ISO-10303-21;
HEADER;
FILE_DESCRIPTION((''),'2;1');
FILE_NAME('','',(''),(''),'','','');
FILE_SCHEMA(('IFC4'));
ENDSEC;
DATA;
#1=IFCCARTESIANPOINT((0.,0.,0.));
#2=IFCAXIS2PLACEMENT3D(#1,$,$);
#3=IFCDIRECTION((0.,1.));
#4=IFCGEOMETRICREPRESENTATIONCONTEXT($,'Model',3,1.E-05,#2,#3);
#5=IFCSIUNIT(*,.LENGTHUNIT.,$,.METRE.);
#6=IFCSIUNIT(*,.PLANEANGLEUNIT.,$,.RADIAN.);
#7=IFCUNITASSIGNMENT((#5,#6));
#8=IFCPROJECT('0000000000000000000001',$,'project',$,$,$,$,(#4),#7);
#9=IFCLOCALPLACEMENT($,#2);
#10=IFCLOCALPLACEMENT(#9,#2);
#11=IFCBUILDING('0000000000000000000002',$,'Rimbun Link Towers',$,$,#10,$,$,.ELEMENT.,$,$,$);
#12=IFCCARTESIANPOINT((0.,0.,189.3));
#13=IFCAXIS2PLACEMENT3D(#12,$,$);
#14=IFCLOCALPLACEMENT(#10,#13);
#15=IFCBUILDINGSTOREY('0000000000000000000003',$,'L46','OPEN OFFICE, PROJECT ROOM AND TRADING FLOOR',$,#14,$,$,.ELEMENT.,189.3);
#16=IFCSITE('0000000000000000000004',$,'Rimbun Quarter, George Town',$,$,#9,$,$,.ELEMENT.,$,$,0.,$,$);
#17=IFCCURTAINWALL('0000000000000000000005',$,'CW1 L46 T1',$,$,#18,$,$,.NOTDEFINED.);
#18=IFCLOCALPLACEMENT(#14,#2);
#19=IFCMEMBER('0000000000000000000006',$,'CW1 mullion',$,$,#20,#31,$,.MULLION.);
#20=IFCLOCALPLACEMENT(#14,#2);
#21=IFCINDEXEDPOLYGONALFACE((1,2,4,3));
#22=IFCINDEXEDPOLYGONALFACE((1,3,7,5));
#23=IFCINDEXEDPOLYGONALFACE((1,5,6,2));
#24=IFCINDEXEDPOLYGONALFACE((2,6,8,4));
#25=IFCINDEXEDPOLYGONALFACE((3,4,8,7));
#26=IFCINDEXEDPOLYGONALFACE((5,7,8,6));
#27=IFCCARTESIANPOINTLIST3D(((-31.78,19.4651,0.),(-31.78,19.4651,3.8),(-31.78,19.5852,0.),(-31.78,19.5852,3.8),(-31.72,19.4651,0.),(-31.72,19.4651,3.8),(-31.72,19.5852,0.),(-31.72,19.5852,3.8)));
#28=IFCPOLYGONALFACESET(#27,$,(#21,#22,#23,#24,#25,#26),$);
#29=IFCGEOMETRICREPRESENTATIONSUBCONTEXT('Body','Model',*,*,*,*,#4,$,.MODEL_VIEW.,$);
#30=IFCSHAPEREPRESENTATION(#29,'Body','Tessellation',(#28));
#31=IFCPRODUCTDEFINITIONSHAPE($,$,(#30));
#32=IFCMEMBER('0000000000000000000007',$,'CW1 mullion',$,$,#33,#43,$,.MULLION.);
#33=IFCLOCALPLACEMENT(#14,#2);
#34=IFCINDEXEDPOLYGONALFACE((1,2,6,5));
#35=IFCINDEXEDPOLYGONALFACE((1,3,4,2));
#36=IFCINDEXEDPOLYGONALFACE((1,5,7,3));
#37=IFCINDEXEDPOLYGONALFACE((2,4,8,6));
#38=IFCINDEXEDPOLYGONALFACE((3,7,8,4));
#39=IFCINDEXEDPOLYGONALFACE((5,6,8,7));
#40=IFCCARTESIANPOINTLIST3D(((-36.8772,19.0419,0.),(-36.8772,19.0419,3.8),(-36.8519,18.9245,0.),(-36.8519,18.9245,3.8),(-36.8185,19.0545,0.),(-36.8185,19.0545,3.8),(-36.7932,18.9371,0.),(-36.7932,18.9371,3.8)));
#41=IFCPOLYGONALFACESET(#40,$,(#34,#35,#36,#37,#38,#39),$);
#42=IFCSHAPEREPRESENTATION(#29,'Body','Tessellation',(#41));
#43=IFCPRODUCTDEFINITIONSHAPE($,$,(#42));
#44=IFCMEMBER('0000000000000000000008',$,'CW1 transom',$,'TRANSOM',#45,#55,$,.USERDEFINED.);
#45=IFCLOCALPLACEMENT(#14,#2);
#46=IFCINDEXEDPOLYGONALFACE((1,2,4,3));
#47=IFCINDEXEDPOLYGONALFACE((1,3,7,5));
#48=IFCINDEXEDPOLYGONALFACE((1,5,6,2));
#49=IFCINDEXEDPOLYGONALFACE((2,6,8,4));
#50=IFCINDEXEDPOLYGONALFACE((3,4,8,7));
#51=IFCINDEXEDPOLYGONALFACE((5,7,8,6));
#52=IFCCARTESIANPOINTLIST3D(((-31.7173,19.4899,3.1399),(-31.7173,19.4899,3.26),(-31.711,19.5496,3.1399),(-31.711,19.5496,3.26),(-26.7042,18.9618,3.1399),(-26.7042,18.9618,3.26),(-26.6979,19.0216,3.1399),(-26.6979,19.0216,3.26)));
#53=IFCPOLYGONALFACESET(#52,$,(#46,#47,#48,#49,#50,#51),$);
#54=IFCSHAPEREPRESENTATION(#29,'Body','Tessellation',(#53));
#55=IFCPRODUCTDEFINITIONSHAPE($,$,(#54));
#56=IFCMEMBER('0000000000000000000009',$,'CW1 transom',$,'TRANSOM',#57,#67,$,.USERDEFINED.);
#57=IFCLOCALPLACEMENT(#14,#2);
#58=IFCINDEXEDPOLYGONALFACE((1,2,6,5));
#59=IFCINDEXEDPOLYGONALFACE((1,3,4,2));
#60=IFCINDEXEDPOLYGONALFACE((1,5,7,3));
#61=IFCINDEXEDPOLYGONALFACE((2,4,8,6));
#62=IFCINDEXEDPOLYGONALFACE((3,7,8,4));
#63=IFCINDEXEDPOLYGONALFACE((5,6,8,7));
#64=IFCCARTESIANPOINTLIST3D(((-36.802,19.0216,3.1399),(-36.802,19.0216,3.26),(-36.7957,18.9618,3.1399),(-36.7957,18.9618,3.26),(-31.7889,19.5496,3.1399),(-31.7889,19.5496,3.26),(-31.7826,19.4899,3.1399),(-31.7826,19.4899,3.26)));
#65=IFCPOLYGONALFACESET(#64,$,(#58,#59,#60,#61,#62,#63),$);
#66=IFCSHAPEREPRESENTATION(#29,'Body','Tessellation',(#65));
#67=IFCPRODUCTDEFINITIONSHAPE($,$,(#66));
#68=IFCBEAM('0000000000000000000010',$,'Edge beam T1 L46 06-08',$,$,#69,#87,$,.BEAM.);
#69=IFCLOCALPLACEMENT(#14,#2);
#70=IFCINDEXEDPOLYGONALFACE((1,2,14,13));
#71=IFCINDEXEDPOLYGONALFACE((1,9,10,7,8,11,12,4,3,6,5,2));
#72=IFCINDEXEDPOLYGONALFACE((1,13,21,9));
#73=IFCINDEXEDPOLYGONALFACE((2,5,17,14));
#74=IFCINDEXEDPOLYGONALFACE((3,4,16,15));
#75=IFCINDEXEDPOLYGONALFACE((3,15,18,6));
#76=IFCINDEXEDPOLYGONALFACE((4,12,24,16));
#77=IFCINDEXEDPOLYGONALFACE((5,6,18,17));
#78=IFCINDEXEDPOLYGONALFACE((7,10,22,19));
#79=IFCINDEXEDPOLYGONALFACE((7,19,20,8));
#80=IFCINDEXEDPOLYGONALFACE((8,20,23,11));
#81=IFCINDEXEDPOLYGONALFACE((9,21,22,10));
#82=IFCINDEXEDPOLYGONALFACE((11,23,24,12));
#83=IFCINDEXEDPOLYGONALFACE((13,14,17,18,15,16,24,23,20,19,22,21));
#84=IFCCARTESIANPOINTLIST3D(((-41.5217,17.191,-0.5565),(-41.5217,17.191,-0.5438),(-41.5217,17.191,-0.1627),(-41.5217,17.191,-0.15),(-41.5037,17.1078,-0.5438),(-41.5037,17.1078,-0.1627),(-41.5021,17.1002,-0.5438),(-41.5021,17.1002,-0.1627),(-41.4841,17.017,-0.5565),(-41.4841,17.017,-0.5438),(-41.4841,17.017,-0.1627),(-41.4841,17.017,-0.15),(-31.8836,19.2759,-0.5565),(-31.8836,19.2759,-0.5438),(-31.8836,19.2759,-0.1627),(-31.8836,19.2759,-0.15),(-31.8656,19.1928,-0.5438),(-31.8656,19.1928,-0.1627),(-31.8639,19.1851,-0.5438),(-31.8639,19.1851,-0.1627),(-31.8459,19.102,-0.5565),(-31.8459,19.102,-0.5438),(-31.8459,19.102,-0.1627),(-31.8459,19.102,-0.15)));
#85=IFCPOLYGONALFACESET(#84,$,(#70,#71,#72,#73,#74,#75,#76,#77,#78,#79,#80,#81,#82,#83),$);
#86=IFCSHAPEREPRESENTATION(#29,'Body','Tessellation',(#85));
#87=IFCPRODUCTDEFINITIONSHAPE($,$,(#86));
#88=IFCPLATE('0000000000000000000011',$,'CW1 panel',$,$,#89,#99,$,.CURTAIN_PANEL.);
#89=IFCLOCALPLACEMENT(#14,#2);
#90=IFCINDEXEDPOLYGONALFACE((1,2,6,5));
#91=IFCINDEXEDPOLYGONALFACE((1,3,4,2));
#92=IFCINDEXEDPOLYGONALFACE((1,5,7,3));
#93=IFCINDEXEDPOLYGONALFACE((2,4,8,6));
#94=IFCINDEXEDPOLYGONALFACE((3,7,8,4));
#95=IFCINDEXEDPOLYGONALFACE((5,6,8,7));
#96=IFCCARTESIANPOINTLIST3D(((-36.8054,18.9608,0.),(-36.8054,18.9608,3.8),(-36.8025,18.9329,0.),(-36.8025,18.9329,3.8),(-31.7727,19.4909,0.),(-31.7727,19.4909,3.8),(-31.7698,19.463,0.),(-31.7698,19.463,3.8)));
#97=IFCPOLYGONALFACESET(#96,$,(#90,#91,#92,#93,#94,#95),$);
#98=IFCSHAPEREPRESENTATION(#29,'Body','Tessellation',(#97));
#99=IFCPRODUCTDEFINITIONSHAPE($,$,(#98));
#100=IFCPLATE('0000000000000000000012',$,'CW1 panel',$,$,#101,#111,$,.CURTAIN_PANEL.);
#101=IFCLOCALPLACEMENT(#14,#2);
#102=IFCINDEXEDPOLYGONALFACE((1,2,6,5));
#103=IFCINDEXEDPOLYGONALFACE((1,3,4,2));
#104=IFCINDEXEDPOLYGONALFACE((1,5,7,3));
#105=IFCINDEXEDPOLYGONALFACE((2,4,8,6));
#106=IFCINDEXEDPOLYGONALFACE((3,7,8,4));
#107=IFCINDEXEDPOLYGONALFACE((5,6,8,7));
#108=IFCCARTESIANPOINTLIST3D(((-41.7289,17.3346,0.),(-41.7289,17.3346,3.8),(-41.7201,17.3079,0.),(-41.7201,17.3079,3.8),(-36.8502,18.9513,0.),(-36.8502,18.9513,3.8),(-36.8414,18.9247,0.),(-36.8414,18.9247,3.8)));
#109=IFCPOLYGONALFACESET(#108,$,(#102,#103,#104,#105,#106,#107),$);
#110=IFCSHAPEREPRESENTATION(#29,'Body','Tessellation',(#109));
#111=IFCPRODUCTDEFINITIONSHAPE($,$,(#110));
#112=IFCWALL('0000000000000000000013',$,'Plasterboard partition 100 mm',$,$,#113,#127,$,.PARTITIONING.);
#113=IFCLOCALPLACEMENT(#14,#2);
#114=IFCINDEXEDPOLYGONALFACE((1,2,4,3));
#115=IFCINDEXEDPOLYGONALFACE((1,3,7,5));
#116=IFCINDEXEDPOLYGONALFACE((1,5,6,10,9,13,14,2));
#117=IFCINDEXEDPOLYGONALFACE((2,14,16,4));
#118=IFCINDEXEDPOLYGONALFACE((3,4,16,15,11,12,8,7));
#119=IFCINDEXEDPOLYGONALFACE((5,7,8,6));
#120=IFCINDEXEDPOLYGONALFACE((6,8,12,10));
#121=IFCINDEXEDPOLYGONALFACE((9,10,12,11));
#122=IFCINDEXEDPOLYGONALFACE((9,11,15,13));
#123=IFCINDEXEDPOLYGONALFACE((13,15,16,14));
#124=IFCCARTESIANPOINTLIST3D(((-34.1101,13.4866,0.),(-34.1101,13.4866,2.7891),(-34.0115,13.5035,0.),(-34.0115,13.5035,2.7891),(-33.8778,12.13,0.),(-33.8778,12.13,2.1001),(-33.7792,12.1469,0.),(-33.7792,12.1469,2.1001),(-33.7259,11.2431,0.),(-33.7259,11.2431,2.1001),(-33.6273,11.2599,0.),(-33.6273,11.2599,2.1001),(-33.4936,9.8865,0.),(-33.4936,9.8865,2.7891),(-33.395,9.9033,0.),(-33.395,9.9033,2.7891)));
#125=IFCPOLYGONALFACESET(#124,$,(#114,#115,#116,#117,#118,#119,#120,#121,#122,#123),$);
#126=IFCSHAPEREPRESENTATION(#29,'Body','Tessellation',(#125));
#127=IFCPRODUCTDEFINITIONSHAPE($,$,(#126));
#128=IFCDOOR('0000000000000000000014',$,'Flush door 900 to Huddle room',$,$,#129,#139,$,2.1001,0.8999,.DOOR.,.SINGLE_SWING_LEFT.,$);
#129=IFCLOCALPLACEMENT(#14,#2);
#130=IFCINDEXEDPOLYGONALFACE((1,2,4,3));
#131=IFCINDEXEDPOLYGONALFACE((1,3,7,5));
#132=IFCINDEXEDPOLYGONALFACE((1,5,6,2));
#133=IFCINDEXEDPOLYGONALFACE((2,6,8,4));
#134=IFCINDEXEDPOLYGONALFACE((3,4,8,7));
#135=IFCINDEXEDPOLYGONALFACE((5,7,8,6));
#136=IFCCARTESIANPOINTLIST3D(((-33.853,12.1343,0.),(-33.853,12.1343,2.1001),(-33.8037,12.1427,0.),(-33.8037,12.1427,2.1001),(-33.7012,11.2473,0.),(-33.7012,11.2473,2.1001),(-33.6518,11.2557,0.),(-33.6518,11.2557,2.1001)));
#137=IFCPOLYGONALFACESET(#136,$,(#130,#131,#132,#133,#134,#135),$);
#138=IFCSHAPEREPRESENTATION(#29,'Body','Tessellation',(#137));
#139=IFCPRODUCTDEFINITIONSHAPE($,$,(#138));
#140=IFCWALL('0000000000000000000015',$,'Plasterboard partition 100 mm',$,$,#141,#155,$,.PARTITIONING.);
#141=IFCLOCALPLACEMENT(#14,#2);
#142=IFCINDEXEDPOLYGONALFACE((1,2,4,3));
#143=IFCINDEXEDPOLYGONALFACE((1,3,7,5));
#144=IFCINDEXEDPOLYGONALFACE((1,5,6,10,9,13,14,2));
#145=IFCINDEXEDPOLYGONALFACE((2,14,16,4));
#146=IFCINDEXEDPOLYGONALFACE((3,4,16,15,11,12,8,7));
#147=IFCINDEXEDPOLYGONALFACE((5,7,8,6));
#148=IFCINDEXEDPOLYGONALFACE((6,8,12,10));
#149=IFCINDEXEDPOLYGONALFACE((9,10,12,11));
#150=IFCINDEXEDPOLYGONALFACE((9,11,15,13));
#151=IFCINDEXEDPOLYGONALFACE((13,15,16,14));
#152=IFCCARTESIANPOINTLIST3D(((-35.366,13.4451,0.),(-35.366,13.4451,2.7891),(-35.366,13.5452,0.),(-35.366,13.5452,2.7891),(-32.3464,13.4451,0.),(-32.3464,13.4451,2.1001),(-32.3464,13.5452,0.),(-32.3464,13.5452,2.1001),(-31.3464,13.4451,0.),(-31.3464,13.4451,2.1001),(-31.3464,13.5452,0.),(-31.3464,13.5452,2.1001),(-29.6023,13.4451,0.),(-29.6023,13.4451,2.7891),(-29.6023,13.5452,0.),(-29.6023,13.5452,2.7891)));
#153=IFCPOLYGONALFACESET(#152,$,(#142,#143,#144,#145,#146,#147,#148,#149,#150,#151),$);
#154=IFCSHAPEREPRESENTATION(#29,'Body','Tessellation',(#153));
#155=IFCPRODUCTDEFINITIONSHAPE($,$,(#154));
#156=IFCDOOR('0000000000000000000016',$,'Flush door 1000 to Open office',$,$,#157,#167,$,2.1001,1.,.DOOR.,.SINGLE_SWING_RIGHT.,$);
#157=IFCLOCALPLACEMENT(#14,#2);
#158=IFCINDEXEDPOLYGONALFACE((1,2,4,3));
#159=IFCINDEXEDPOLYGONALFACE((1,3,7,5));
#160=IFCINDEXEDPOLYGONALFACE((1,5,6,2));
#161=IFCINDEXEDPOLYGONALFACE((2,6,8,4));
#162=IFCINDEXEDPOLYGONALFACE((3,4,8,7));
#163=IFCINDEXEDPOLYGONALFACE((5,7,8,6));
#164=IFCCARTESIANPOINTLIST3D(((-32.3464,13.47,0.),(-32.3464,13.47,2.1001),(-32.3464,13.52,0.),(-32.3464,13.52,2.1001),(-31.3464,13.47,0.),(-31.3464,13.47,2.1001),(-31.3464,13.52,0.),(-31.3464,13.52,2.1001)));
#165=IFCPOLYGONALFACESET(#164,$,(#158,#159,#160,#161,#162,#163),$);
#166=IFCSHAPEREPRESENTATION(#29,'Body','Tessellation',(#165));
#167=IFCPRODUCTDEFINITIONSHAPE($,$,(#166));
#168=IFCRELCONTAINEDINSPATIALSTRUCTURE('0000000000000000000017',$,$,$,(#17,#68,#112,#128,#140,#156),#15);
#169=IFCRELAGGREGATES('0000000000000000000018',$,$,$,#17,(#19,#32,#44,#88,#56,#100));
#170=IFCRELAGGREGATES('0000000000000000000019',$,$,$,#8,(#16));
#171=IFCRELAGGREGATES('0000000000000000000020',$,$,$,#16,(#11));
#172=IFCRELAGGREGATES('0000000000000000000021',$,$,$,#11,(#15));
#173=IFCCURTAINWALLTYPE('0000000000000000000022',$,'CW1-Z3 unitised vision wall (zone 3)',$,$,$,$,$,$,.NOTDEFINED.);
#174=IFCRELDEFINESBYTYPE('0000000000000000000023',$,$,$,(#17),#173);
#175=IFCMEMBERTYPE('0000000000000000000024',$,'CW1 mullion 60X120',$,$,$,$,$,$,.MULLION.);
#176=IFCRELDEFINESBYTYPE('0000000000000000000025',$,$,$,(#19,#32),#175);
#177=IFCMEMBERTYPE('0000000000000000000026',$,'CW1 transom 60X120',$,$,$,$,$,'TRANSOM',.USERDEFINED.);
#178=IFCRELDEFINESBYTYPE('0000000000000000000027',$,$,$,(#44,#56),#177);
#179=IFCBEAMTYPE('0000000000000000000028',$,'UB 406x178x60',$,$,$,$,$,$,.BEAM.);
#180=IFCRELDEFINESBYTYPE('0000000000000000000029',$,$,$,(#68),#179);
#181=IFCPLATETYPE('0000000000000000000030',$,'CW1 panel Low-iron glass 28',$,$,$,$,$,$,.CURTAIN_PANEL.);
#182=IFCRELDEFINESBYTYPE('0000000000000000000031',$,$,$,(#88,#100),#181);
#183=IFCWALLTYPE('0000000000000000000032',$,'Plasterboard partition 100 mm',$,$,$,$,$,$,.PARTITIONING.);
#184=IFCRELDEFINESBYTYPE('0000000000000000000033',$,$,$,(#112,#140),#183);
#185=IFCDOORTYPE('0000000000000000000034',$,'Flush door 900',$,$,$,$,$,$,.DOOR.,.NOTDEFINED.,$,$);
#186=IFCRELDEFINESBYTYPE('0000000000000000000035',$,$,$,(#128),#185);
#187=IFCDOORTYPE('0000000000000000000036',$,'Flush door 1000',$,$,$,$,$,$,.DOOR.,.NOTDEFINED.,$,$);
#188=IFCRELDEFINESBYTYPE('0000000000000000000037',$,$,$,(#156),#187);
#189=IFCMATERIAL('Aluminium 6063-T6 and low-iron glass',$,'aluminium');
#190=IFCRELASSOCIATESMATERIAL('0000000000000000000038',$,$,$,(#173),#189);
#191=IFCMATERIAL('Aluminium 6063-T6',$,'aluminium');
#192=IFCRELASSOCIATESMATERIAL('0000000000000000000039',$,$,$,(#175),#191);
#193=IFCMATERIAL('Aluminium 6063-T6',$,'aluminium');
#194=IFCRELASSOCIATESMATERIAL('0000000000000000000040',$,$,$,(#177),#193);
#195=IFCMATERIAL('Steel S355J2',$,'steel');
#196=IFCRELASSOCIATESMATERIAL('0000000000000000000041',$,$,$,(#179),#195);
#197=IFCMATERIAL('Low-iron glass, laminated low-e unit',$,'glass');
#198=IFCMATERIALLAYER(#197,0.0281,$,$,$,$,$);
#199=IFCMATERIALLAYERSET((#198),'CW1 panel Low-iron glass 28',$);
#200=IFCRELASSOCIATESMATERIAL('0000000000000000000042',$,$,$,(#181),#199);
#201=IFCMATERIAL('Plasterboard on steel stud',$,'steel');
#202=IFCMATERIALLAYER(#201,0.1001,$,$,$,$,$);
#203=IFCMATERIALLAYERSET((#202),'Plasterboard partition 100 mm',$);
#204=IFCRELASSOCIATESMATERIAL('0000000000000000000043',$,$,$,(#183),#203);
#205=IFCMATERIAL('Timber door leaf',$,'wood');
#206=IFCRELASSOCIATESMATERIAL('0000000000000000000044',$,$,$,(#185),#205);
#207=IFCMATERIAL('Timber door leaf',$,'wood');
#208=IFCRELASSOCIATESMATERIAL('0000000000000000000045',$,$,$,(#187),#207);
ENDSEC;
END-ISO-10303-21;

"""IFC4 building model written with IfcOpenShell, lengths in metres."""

from ifc_helpers import new_model, si_unit, direction, frame, frame_2d, origin, origin_2d, place, context, subcontext, project, spatial, rectangle, i_section, extrude, material, layer, layer_set, material_profile, profile_set, type_object, element, fill, aggregate, save


model = new_model("IFC4")

# Units and contexts
model_context = context("Model", 3, precision=1e-05, world=origin(), true_north=direction((0.0, 1.0)))
body_context = subcontext(model_context, "Body", "Model", "MODEL_VIEW")
ifc_project = project(units=[si_unit("LENGTHUNIT", "METRE"), si_unit("PLANEANGLEUNIT", "RADIAN")], contexts=[model_context])

# Site, building, storey
site_placement = place(None, origin())
site = spatial("IfcSite", under=ifc_project, at=site_placement, Name="Rimbun Quarter, George Town", CompositionType="ELEMENT", RefElevation=0.0)
building_placement = place(site_placement, origin())
building = spatial("IfcBuilding", under=site, at=building_placement, Name="Rimbun Link Towers", CompositionType="ELEMENT")
storey_placement = place(building_placement, frame((0.0, 0.0, 189.3)))
storey = spatial("IfcBuildingStorey", under=building, at=storey_placement, Name="L46", Description="OPEN OFFICE, PROJECT ROOM AND TRADING FLOOR", CompositionType="ELEMENT", Elevation=189.3)

# Curtain wall, members
ifc_material_1 = material(Name="Aluminium 6063-T6 and low-iron glass", Category="aluminium")
curtain_wall_type = type_object("IfcCurtainWallType", Name="CW1-Z3 unitised vision wall (zone 3)", PredefinedType="NOTDEFINED", material=ifc_material_1)
curtain_wall_placement = place(storey_placement, origin())
curtain_wall = element("IfcCurtainWall", 1, at=curtain_wall_placement, inside=storey, type_object=curtain_wall_type, Name="CW1 L46 T1", PredefinedType="NOTDEFINED")
ifc_material_2 = material(Name="Aluminium 6063-T6", Category="aluminium")
ifc_material_profile_1 = material_profile(ifc_material_2, rectangle(XDim=0.1201, YDim=0.0601, at=origin_2d()), Name="MULLION 60X120")
ifc_profile_set_1 = profile_set([ifc_material_profile_1], Name="Aluminium 6063-T6")
member_type_1 = type_object("IfcMemberType", Name="CW1 mullion 60X120", PredefinedType="MULLION", material=ifc_profile_set_1)
member_1_placement = place(storey_placement, frame((-31.75, 19.5251, 0.0), z_axis=(0.0, 0.0, 1.0), x_axis=(0.0, 1.0, 0.0)))
member_1 = element("IfcMember", 2, at=member_1_placement, type_object=member_type_1, Name="CW1 mullion", PredefinedType="MULLION", context=body_context, shape_type="SweptSolid", body=[
    extrude(rectangle(XDim=0.1201, YDim=0.0601, at=origin_2d()), origin(), (0.0, 0.0, 1.0), 3.8),
])
member_2_placement = place(storey_placement, frame((-36.8352, 18.9895, 0.0), z_axis=(0.0, 0.0, 1.0), x_axis=(-0.210877, 0.977513, 0.0)))
member_2 = element("IfcMember", 3, at=member_2_placement, type_object=member_type_1, Name="CW1 mullion", PredefinedType="MULLION", context=body_context, shape_type="SweptSolid", body=[
    extrude(rectangle(XDim=0.1201, YDim=0.0601, at=origin_2d()), origin(), (0.0, 0.0, 1.0), 3.8),
])
ifc_material_3 = material(Name="Aluminium 6063-T6", Category="aluminium")
ifc_material_profile_2 = material_profile(ifc_material_3, rectangle(XDim=0.0601, YDim=0.1201, at=origin_2d()), Name="TRANSOM 60X120")
ifc_profile_set_2 = profile_set([ifc_material_profile_2], Name="Aluminium 6063-T6")
member_type_2 = type_object("IfcMemberType", Name="CW1 transom 60X120", ElementType="TRANSOM", PredefinedType="USERDEFINED", material=ifc_profile_set_2)
member_3_placement = place(storey_placement, frame((-31.7141, 19.5198, 3.2), z_axis=(0.994497, -0.104763, 0.0), x_axis=(0.104763, 0.994497, 0.0)))
member_3 = element("IfcMember", 4, at=member_3_placement, type_object=member_type_2, Name="CW1 transom", ObjectType="TRANSOM", PredefinedType="USERDEFINED", context=body_context, shape_type="SweptSolid", body=[
    extrude(rectangle(XDim=0.0601, YDim=0.1201, at=origin_2d()), origin(), (0.0, 0.0, 1.0), 5.0408),
])
member_4_placement = place(storey_placement, frame((-36.7988, 18.9917, 3.2), z_axis=(0.994497, 0.104763, 0.0), x_axis=(-0.104763, 0.994497, 0.0)))
member_4 = element("IfcMember", 5, at=member_4_placement, type_object=member_type_2, Name="CW1 transom", ObjectType="TRANSOM", PredefinedType="USERDEFINED", context=body_context, shape_type="SweptSolid", body=[
    extrude(rectangle(XDim=0.0601, YDim=0.1201, at=origin_2d()), origin(), (0.0, 0.0, 1.0), 5.0408),
])

# Beam
ifc_material_4 = material(Name="Steel S355J2", Category="steel")
ifc_material_profile_3 = material_profile(ifc_material_4, i_section(OverallWidth=0.178, OverallDepth=0.4065, WebThickness=0.0078, FlangeThickness=0.0127, at=origin_2d()), Name="UB 406x178x60")
ifc_profile_set_3 = profile_set([ifc_material_profile_3], Name="Steel S355J2")
beam_type = type_object("IfcBeamType", Name="UB 406x178x60", PredefinedType="BEAM", material=ifc_profile_set_3)
beam_placement = place(storey_placement, frame((-31.8647, 19.189, -0.3533), z_axis=(-0.977393, -0.211433, 0.0), x_axis=(0.211433, -0.977393, 0.0)))
element("IfcBeam", 6, at=beam_placement, inside=storey, type_object=beam_type, Name="Edge beam T1 L46 06-08", PredefinedType="BEAM", context=body_context, shape_type="SweptSolid", body=[
    extrude(i_section(OverallWidth=0.178, OverallDepth=0.4065, WebThickness=0.0078, FlangeThickness=0.0127, at=origin_2d()), origin(), (0.0, 0.0, 1.0), 9.8611),
])

# Plates
ifc_material_5 = material(Name="Low-iron glass, laminated low-e unit", Category="glass")
ifc_layer_1 = layer(ifc_material_5, 0.0281)
ifc_layer_set_1 = layer_set([ifc_layer_1], Name="CW1 panel Low-iron glass 28")
plate_type = type_object("IfcPlateType", Name="CW1 panel Low-iron glass 28", PredefinedType="CURTAIN_PANEL", material=ifc_layer_set_1)
plate_1_placement = place(storey_placement, frame((-34.2876, 19.2119, 0.0), z_axis=(0.0, 0.0, 1.0), x_axis=(0.994498, 0.104753, 0.0)))
plate_1 = element("IfcPlate", 7, at=plate_1_placement, type_object=plate_type, Name="CW1 panel", PredefinedType="CURTAIN_PANEL", context=body_context, shape_type="SweptSolid", body=[
    extrude(rectangle(XDim=5.0605, YDim=0.0281, at=origin_2d()), origin(), (0.0, 0.0, 1.0), 3.8),
])
plate_2_placement = place(storey_placement, frame((-39.2852, 18.1296, 0.0), z_axis=(0.0, 0.0, 1.0), x_axis=(0.949236, 0.314565, 0.0)))
plate_2 = element("IfcPlate", 8, at=plate_2_placement, type_object=plate_type, Name="CW1 panel", PredefinedType="CURTAIN_PANEL", context=body_context, shape_type="SweptSolid", body=[
    extrude(rectangle(XDim=5.1396, YDim=0.0281, at=origin_2d()), origin(), (0.0, 0.0, 1.0), 3.8),
])
aggregate(curtain_wall, [member_1, member_2, member_3, plate_1, member_4, plate_2])

# Walls, openings, doors
ifc_material_6 = material(Name="Plasterboard on steel stud", Category="steel")
ifc_layer_2 = layer(ifc_material_6, 0.1001)
ifc_layer_set_2 = layer_set([ifc_layer_2], Name="Plasterboard partition 100 mm")
wall_type = type_object("IfcWallType", Name="Plasterboard partition 100 mm", PredefinedType="PARTITIONING", material=ifc_layer_set_2)
wall_1_placement = place(storey_placement, frame((-33.4443, 9.895, 0.0), z_axis=(0.0, 0.0, 1.0), x_axis=(-0.168776, 0.985654, 0.0)))
wall_1 = element("IfcWall", 9, at=wall_1_placement, inside=storey, type_object=wall_type, Name="Plasterboard partition 100 mm", PredefinedType="PARTITIONING", context=body_context, shape_type="SweptSolid", body=[
    extrude(rectangle(XDim=3.6526, YDim=0.1001, at=frame_2d((1.8262, 0.0))), origin(), (0.0, 0.0, 1.0), 2.7891),
])
opening_1_placement = place(wall_1_placement, frame((1.3762, 0.0, 0.0)))
opening_1 = element("IfcOpeningElement", 10, at=opening_1_placement, cuts=wall_1, PredefinedType="OPENING", context=body_context, shape_type="SweptSolid", body=[
    extrude(rectangle(XDim=0.8999, YDim=2.1001, at=frame_2d((0.45, 1.05))), frame((0.0, 0.0601, 0.0), z_axis=(0.0, -1.0, 0.0), x_axis=(1.0, 0.0, 0.0)), (0.0, 0.0, 1.0), 0.1201),
])
ifc_material_7 = material(Name="Timber door leaf", Category="wood")
door_type_1 = type_object("IfcDoorType", Name="Flush door 900", OperationType="NOTDEFINED", PredefinedType="DOOR", material=ifc_material_7)
door_1_placement = place(opening_1_placement, origin())
door_1 = element("IfcDoor", 11, at=door_1_placement, inside=storey, type_object=door_type_1, Name="Flush door 900 to Huddle room", OperationType="SINGLE_SWING_LEFT", OverallHeight=2.1001, OverallWidth=0.8999, PredefinedType="DOOR", context=body_context, shape_type="SweptSolid", body=[
    extrude(rectangle(XDim=0.8999, YDim=2.1001, at=frame_2d((0.45, 1.05))), frame((0.0, 0.0249, 0.0), z_axis=(0.0, -1.0, 0.0), x_axis=(1.0, 0.0, 0.0)), (0.0, 0.0, 1.0), 0.05),
])
fill(opening_1, door_1)
wall_2_placement = place(storey_placement, frame((-35.366, 13.4951, 0.0), z_axis=(0.0, 0.0, 1.0), x_axis=(1.0, 0.0, 0.0)))
wall_2 = element("IfcWall", 12, at=wall_2_placement, inside=storey, type_object=wall_type, Name="Plasterboard partition 100 mm", PredefinedType="PARTITIONING", context=body_context, shape_type="SweptSolid", body=[
    extrude(rectangle(XDim=5.7637, YDim=0.1001, at=frame_2d((2.8818, 0.0))), origin(), (0.0, 0.0, 1.0), 2.7891),
])
opening_2_placement = place(wall_2_placement, frame((3.0195, 0.0, 0.0)))
opening_2 = element("IfcOpeningElement", 13, at=opening_2_placement, cuts=wall_2, PredefinedType="OPENING", context=body_context, shape_type="SweptSolid", body=[
    extrude(rectangle(XDim=1.0, YDim=2.1001, at=frame_2d((0.5, 1.05))), frame((0.0, 0.0601, 0.0), z_axis=(0.0, -1.0, 0.0), x_axis=(1.0, 0.0, 0.0)), (0.0, 0.0, 1.0), 0.1201),
])
ifc_material_8 = material(Name="Timber door leaf", Category="wood")
door_type_2 = type_object("IfcDoorType", Name="Flush door 1000", OperationType="NOTDEFINED", PredefinedType="DOOR", material=ifc_material_8)
door_2_placement = place(opening_2_placement, origin())
door_2 = element("IfcDoor", 14, at=door_2_placement, inside=storey, type_object=door_type_2, Name="Flush door 1000 to Open office", OperationType="SINGLE_SWING_RIGHT", OverallHeight=2.1001, OverallWidth=1.0, PredefinedType="DOOR", context=body_context, shape_type="SweptSolid", body=[
    extrude(rectangle(XDim=1.0, YDim=2.1001, at=frame_2d((0.5, 1.05))), frame((0.0, 0.0249, 0.0), z_axis=(0.0, -1.0, 0.0), x_axis=(1.0, 0.0, 0.0)), (0.0, 0.0, 1.0), 0.05),
])
fill(opening_2, door_2)

save(model, "model.ifc")
